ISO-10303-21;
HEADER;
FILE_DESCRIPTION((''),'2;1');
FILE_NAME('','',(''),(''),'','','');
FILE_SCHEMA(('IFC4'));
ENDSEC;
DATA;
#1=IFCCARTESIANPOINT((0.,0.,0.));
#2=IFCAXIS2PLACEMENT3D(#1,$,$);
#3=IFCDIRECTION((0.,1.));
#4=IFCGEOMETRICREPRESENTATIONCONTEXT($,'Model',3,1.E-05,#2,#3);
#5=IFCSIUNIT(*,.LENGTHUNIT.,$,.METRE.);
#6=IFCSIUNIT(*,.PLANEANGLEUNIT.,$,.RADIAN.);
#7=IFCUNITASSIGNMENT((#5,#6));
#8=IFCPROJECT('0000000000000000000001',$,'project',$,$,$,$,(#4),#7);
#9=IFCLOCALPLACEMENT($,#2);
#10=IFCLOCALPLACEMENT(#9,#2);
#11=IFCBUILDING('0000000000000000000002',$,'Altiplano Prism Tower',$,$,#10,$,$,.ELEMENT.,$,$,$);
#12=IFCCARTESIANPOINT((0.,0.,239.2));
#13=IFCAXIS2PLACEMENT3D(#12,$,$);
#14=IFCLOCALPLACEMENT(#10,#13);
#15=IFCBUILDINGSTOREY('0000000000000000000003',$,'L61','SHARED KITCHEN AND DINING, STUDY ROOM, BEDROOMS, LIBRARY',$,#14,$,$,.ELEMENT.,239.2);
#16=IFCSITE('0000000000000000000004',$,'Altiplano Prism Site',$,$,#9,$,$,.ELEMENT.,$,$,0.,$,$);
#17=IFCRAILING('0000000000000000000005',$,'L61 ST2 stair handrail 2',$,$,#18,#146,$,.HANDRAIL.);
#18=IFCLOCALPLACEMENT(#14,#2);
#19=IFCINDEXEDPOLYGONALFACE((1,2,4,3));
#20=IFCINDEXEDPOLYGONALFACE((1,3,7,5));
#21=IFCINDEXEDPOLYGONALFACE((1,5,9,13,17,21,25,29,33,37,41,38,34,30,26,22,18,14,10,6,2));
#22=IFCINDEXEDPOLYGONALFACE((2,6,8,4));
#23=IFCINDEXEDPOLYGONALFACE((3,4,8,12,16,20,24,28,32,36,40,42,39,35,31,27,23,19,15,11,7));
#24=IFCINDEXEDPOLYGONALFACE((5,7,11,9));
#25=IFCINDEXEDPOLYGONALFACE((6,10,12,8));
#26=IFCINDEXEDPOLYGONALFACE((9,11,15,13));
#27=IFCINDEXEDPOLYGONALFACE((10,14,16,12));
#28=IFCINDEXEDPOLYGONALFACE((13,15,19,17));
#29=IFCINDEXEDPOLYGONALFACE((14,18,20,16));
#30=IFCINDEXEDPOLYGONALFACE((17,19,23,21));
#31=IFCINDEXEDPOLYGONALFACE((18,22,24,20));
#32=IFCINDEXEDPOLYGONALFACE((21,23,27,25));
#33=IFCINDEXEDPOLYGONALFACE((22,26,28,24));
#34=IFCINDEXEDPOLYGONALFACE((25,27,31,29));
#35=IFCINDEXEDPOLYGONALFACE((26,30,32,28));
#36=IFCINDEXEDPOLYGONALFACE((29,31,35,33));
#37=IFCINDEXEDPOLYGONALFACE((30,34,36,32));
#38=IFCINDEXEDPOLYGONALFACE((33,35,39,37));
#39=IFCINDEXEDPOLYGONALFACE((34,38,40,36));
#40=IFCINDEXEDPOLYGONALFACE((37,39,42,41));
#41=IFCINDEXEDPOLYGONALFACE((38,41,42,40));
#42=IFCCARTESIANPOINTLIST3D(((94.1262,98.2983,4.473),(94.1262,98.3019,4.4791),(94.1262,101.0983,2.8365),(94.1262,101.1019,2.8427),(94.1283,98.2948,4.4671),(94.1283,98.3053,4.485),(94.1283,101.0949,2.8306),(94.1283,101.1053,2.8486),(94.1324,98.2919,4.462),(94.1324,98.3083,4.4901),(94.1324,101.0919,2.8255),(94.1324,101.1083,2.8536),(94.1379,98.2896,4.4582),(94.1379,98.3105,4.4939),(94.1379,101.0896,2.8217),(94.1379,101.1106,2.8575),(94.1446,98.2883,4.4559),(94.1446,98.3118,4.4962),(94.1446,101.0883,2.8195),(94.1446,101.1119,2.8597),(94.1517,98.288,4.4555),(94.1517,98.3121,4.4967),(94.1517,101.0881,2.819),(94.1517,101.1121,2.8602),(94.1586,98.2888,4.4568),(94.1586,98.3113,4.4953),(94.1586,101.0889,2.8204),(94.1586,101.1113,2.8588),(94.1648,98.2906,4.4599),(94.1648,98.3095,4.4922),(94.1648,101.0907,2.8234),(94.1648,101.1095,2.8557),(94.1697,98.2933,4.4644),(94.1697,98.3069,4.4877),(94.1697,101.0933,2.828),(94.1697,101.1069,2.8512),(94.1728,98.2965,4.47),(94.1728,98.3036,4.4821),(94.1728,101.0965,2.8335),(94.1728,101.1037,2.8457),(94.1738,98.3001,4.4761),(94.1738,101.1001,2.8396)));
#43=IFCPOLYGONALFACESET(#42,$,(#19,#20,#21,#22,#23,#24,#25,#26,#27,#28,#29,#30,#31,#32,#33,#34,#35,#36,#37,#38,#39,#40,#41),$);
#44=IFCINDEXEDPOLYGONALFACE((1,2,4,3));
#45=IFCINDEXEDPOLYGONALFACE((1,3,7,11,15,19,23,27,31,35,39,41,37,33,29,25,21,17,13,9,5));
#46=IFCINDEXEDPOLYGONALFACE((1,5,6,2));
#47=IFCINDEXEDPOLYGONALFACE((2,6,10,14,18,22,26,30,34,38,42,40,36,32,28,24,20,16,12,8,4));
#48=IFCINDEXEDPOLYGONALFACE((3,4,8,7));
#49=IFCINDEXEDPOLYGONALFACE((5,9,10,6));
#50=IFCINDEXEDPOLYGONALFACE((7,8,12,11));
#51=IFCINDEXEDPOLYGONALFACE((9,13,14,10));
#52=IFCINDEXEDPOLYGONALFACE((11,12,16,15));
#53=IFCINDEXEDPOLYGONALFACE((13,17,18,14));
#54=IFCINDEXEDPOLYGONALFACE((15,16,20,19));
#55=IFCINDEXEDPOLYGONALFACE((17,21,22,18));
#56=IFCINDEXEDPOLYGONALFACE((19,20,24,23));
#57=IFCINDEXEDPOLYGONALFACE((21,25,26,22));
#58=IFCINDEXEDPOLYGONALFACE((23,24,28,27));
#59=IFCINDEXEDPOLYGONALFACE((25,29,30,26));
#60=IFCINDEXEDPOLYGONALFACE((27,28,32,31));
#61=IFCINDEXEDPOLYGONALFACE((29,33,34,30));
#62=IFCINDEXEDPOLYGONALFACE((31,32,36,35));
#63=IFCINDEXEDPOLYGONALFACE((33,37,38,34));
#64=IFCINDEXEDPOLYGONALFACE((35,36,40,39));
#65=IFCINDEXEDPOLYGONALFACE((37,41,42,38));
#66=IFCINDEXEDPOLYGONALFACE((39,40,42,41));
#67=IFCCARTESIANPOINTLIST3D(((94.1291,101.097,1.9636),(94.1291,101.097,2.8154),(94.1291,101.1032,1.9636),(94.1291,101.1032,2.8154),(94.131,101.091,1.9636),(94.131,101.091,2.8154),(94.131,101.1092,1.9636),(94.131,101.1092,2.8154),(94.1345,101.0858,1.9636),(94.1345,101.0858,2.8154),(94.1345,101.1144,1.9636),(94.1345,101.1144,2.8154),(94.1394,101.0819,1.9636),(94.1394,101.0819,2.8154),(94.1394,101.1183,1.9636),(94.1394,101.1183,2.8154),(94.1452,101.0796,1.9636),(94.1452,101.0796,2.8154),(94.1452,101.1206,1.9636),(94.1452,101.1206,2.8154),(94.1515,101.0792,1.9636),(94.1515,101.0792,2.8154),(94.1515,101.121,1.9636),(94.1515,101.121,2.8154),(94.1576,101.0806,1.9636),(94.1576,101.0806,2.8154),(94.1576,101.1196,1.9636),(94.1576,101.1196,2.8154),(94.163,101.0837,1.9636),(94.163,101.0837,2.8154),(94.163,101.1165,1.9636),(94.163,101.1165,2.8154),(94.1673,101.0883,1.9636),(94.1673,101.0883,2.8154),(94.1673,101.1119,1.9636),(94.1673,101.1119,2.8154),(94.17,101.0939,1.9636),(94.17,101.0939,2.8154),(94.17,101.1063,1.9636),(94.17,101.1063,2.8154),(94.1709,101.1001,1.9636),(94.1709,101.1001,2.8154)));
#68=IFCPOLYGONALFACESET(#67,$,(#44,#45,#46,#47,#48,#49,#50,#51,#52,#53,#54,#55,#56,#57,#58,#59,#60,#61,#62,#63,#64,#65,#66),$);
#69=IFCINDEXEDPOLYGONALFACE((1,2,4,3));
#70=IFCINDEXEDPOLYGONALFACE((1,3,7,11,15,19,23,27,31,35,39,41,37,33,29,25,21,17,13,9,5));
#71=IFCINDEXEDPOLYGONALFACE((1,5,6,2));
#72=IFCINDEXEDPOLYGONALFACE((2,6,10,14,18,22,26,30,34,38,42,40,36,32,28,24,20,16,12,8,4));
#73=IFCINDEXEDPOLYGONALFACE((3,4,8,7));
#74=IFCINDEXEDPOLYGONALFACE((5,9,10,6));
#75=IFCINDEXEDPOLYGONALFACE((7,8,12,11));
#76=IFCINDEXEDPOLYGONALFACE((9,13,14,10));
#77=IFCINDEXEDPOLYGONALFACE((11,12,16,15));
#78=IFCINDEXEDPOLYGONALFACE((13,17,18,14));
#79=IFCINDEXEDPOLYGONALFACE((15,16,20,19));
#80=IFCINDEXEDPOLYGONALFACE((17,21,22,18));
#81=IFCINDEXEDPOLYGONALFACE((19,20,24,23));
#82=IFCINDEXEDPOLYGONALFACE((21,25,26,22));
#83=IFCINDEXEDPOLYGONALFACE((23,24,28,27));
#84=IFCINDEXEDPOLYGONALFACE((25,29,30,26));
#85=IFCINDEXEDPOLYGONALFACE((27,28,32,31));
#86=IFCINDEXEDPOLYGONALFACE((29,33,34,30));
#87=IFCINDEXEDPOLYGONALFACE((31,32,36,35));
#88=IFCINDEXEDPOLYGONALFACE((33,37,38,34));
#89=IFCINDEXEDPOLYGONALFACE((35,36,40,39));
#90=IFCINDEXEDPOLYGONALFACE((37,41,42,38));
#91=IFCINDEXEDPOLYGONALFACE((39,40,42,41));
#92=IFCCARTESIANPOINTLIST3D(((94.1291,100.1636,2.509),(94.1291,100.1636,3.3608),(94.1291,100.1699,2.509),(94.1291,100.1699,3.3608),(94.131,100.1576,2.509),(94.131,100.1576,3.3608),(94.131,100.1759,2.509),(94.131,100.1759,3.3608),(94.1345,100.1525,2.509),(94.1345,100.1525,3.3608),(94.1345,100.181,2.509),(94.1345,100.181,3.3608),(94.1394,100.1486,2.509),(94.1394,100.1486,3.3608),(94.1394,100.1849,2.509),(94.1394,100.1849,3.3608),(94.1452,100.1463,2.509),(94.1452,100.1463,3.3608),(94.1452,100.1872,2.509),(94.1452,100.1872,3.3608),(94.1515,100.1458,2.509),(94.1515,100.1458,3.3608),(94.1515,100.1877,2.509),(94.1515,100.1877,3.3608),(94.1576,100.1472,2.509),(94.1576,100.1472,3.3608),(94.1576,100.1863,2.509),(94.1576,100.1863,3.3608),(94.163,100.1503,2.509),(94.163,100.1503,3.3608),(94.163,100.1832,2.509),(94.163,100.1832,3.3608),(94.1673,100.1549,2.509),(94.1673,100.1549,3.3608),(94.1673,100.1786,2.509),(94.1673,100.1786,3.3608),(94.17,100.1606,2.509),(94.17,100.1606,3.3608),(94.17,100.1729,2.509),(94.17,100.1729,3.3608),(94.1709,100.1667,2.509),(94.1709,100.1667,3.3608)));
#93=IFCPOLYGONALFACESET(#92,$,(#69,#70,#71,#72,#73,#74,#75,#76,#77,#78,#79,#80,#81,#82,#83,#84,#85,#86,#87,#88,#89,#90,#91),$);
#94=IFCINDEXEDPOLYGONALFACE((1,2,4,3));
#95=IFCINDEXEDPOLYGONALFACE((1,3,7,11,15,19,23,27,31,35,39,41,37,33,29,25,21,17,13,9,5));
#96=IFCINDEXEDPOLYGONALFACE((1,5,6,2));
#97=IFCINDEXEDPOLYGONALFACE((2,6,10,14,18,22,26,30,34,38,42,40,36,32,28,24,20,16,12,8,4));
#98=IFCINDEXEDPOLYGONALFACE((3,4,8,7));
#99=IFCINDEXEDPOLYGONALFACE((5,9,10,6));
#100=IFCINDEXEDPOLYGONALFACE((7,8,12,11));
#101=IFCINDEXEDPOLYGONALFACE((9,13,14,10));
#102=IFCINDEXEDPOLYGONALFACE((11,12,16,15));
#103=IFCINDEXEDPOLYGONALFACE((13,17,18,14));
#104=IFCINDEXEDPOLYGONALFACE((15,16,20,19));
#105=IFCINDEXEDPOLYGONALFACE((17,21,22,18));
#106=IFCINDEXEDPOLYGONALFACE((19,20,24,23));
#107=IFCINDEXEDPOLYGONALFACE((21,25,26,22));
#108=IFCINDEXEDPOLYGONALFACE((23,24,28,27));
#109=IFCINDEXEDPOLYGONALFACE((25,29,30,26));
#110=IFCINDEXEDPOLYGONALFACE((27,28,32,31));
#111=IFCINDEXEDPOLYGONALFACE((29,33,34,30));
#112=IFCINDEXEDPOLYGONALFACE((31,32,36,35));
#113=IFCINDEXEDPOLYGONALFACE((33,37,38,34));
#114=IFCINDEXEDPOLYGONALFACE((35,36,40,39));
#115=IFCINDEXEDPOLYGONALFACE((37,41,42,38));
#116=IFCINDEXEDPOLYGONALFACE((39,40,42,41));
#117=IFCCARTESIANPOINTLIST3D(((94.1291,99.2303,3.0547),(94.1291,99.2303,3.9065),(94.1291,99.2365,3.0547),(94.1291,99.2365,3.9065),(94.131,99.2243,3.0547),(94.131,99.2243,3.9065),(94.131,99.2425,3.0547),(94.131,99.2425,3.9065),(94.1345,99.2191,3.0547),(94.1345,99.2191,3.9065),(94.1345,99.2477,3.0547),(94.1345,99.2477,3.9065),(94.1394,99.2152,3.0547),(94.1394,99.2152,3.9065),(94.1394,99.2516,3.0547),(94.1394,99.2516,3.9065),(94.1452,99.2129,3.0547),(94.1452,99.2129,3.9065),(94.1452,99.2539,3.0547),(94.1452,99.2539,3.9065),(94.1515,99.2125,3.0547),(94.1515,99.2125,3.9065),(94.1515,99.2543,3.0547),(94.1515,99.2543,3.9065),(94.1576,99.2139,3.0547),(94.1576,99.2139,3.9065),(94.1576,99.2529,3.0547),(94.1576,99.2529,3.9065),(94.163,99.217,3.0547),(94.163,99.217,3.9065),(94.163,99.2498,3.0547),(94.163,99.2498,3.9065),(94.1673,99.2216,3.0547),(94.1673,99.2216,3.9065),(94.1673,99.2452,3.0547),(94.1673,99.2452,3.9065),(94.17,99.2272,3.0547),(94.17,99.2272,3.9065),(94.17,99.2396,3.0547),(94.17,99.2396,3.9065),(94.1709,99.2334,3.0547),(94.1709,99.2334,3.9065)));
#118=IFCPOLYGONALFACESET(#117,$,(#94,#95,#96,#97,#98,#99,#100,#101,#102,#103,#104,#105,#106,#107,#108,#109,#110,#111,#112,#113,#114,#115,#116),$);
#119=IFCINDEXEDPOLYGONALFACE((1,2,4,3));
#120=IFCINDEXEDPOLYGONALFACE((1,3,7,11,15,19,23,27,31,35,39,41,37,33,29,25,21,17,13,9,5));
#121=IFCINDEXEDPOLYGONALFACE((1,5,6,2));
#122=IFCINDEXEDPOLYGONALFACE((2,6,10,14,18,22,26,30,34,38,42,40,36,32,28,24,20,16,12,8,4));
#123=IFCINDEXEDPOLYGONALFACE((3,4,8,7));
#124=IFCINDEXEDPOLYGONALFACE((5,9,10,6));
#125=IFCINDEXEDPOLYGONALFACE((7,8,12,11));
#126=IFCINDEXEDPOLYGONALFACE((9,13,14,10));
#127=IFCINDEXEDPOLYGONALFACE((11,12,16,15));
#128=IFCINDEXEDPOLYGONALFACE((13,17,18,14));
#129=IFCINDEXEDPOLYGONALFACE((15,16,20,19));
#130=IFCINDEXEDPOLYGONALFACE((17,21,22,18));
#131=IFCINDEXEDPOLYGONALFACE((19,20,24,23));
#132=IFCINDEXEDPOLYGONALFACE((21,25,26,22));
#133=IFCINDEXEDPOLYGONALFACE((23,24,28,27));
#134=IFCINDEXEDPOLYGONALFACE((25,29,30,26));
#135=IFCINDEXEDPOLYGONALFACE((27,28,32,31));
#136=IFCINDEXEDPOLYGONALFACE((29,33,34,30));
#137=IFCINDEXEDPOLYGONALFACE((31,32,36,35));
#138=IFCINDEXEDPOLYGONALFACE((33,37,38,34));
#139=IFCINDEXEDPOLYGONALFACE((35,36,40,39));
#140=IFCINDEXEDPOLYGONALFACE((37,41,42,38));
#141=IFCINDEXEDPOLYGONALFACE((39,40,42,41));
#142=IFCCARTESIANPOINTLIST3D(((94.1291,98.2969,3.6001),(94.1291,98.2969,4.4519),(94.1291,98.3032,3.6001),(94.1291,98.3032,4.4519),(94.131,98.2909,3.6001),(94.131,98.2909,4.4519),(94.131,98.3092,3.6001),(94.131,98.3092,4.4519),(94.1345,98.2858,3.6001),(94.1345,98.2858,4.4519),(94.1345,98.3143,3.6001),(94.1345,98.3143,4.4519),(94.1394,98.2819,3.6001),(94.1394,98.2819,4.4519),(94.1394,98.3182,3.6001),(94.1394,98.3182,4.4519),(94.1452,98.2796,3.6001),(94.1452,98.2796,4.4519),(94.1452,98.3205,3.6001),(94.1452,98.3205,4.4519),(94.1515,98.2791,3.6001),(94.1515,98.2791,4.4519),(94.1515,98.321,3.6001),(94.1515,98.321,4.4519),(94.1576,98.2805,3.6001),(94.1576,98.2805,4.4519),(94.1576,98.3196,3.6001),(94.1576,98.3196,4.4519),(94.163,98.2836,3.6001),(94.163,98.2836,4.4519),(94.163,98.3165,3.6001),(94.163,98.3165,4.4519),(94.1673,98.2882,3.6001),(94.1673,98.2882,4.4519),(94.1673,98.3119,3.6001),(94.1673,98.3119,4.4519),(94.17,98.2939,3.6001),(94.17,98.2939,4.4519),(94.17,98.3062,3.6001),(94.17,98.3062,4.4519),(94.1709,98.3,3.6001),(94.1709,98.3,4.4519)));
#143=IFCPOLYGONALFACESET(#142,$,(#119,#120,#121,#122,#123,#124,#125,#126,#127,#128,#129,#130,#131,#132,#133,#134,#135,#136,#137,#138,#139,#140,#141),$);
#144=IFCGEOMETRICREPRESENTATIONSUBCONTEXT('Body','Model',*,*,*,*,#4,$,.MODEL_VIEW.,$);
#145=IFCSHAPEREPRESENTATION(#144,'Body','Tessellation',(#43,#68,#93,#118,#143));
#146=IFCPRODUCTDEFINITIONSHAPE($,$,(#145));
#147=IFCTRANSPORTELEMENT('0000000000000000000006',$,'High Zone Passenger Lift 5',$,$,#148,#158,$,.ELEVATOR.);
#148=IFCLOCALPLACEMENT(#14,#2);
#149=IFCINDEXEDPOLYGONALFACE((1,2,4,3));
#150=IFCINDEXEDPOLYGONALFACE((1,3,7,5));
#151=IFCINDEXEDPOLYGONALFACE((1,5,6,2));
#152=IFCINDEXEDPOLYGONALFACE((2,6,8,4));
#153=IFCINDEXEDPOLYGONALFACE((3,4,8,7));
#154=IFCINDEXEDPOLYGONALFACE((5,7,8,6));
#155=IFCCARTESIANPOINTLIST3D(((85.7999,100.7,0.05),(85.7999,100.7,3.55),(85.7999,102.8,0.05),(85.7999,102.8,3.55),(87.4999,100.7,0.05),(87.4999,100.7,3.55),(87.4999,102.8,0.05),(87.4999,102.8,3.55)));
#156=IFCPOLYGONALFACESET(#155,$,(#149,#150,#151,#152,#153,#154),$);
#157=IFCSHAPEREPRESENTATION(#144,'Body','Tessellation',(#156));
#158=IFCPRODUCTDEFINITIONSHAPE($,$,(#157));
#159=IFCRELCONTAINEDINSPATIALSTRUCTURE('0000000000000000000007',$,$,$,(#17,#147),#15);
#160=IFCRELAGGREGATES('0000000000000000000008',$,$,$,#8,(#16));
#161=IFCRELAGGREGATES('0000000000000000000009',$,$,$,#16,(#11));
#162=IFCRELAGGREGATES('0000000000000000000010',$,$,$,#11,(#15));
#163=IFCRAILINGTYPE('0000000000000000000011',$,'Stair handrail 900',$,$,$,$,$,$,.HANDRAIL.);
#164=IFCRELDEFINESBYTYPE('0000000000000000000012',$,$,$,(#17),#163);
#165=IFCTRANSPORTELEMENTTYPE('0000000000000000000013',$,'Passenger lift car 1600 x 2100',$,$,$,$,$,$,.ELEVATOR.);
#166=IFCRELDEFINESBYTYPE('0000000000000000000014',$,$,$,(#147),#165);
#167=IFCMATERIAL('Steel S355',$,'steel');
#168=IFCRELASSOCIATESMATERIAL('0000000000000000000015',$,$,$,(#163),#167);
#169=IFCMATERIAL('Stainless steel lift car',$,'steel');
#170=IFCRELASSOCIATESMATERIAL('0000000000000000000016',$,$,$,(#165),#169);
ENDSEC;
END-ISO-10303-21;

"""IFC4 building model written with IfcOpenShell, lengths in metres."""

from ifc_helpers import new_model, si_unit, direction, frame, origin, origin_2d, place, context, subcontext, project, spatial, rectangle, circle, extrude, material, type_object, element, save


model = new_model("IFC4")

# Units and contexts
model_context = context("Model", 3, precision=1e-05, world=origin(), true_north=direction((0.0, 1.0)))
body_context = subcontext(model_context, "Body", "Model", "MODEL_VIEW")
ifc_project = project(units=[si_unit("LENGTHUNIT", "METRE"), si_unit("PLANEANGLEUNIT", "RADIAN")], contexts=[model_context])

# Site, building, storey
site_placement = place(None, origin())
site = spatial("IfcSite", under=ifc_project, at=site_placement, Name="Altiplano Prism Site", CompositionType="ELEMENT", RefElevation=0.0)
building_placement = place(site_placement, origin())
building = spatial("IfcBuilding", under=site, at=building_placement, Name="Altiplano Prism Tower", CompositionType="ELEMENT")
storey_placement = place(building_placement, frame((0.0, 0.0, 239.2)))
storey = spatial("IfcBuildingStorey", under=building, at=storey_placement, Name="L61", Description="SHARED KITCHEN AND DINING, STUDY ROOM, BEDROOMS, LIBRARY", CompositionType="ELEMENT", Elevation=239.2)

# Railing
ifc_material_1 = material(Name="Steel S355", Category="steel")
railing_type = type_object("IfcRailingType", Name="Stair handrail 900", PredefinedType="HANDRAIL", material=ifc_material_1)
railing_placement = place(storey_placement, frame((94.1499, 101.1001, 1.9636)))
element("IfcRailing", 1, at=railing_placement, inside=storey, type_object=railing_type, Name="L61 ST2 stair handrail 2", PredefinedType="HANDRAIL", context=body_context, shape_type="SweptSolid", body=[
    extrude(circle(Radius=0.0239, at=origin_2d()), frame((0.0, 0.0, 0.876), z_axis=(0.0, -0.863361, 0.504587), x_axis=(1.0, 0.0, 0.0)), (0.0, 0.0, 1.0), 3.2432),
    extrude(circle(Radius=0.021, at=origin_2d()), origin(), (0.0, 0.0, 1.0), 0.8518),
    extrude(circle(Radius=0.021, at=origin_2d()), frame((0.0, -0.9333, 0.5454)), (0.0, 0.0, 1.0), 0.8518),
    extrude(circle(Radius=0.021, at=origin_2d()), frame((0.0, -1.8667, 1.0911)), (0.0, 0.0, 1.0), 0.8518),
    extrude(circle(Radius=0.021, at=origin_2d()), frame((0.0, -2.8, 1.6365)), (0.0, 0.0, 1.0), 0.8518),
])

# Transport element
ifc_material_2 = material(Name="Stainless steel lift car", Category="steel")
transport_element_type = type_object("IfcTransportElementType", Name="Passenger lift car 1600 x 2100", PredefinedType="ELEVATOR", material=ifc_material_2)
transport_element_placement = place(storey_placement, frame((86.6499, 101.75, 0.05), z_axis=(0.0, 0.0, 1.0), x_axis=(1.0, 0.0, 0.0)))
element("IfcTransportElement", 2, at=transport_element_placement, inside=storey, type_object=transport_element_type, Name="High Zone Passenger Lift 5", PredefinedType="ELEVATOR", context=body_context, shape_type="SweptSolid", body=[
    extrude(rectangle(XDim=1.7, YDim=2.1001, at=origin_2d()), origin(), (0.0, 0.0, 1.0), 3.5),
])

save(model, "model.ifc")
